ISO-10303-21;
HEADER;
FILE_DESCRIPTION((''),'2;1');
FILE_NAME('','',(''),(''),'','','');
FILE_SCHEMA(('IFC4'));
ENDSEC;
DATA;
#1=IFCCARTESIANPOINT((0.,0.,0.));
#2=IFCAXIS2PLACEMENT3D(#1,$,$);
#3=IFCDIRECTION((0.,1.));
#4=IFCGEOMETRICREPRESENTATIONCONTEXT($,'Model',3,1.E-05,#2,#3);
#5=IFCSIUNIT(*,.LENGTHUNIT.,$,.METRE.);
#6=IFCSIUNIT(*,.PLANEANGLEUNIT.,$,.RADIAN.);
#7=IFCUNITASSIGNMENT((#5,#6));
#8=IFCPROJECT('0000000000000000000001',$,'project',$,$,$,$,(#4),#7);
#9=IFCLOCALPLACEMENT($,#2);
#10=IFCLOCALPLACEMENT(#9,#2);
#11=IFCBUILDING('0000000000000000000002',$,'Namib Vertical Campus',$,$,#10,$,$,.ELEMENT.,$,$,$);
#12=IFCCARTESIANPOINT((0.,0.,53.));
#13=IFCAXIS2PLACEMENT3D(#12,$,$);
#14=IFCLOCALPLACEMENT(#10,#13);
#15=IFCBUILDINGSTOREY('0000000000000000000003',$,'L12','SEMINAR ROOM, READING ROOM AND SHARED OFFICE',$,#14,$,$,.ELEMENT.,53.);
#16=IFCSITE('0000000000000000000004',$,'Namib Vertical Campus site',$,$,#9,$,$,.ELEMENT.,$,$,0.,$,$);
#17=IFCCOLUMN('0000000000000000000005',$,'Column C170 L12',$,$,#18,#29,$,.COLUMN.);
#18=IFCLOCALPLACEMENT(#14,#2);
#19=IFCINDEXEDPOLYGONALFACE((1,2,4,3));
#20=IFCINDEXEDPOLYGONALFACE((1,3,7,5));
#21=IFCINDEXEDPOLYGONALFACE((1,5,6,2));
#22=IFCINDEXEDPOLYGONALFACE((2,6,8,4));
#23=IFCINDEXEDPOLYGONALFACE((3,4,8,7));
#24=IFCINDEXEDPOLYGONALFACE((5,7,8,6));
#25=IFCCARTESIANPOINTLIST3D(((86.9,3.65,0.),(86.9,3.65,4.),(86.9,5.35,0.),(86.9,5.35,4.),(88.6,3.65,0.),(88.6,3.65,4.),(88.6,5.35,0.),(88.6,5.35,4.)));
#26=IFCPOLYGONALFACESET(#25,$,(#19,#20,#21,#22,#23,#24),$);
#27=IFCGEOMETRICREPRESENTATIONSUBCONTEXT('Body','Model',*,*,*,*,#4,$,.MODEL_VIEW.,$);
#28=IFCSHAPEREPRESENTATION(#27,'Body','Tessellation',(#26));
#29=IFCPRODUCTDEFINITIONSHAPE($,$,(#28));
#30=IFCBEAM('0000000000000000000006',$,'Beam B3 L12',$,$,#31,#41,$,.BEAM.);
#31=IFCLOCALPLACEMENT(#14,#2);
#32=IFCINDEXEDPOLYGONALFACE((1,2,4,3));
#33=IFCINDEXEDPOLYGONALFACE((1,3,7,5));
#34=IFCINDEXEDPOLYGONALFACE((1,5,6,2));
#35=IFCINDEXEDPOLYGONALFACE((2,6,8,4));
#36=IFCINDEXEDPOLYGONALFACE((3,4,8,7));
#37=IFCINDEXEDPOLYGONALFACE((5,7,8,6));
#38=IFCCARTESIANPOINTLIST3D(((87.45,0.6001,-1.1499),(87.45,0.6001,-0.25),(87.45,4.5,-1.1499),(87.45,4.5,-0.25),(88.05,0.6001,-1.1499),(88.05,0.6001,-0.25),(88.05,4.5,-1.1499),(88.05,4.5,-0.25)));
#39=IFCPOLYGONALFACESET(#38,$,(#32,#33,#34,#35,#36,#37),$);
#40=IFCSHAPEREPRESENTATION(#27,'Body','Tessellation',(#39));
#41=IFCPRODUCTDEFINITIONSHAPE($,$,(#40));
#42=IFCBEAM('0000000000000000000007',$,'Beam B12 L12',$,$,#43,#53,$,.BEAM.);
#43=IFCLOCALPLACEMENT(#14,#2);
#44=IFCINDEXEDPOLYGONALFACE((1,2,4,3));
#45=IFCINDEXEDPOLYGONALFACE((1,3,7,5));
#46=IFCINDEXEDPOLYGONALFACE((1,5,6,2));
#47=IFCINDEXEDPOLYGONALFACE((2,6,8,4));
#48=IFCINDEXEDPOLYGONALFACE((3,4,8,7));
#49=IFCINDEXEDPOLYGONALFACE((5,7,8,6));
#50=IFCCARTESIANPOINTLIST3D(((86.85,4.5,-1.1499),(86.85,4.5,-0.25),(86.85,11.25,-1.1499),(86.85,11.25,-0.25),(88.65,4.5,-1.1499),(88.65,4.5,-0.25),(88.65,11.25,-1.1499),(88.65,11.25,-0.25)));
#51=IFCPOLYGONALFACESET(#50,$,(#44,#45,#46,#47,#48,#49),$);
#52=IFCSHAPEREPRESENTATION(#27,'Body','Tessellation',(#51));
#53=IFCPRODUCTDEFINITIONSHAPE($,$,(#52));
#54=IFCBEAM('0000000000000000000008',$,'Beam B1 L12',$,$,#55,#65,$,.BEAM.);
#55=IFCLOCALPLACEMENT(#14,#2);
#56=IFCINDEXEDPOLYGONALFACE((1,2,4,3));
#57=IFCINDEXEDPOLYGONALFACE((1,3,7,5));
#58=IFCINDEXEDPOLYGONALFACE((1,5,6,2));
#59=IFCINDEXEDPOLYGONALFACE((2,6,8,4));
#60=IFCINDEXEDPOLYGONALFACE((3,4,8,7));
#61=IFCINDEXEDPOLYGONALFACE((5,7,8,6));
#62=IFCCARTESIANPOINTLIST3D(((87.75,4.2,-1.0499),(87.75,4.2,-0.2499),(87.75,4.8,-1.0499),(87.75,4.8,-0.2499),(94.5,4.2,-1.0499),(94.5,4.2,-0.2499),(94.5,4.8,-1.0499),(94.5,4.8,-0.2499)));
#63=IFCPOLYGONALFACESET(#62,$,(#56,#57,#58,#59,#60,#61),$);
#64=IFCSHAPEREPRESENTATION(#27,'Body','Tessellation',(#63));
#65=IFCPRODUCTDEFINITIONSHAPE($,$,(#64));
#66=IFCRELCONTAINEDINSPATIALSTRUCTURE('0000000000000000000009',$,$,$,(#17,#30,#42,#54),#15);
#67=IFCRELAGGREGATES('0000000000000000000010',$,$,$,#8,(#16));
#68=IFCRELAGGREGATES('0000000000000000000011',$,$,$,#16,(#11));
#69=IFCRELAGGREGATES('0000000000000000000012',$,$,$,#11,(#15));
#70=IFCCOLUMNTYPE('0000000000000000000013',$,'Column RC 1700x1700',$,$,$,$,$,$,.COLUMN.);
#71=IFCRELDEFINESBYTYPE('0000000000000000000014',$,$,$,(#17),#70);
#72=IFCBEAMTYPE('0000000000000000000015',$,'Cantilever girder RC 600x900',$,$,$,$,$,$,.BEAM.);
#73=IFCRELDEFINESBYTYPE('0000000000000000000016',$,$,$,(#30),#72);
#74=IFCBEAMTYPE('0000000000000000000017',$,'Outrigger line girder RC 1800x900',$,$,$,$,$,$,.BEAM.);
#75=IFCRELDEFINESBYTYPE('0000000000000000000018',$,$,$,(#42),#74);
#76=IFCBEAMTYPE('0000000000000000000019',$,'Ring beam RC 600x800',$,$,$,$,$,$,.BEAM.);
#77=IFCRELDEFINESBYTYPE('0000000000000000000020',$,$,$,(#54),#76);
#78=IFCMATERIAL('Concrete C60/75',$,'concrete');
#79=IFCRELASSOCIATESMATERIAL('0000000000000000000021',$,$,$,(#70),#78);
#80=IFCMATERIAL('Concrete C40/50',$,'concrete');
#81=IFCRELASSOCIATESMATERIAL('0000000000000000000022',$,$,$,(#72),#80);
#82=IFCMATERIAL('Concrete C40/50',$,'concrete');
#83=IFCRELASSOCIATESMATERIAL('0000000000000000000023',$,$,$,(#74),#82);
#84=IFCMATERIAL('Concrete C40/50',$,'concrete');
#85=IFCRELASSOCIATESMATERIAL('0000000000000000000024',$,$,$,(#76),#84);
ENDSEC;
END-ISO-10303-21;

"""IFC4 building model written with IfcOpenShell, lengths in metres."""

from ifc_helpers import new_model, si_unit, direction, frame, origin, origin_2d, place, context, subcontext, project, spatial, rectangle, extrude, material, material_profile, profile_set, type_object, element, save


model = new_model("IFC4")

# Units and contexts
model_context = context("Model", 3, precision=1e-05, world=origin(), true_north=direction((0.0, 1.0)))
body_context = subcontext(model_context, "Body", "Model", "MODEL_VIEW")
ifc_project = project(units=[si_unit("LENGTHUNIT", "METRE"), si_unit("PLANEANGLEUNIT", "RADIAN")], contexts=[model_context])

# Site, building, storey
site_placement = place(None, origin())
site = spatial("IfcSite", under=ifc_project, at=site_placement, Name="Namib Vertical Campus site", CompositionType="ELEMENT", RefElevation=0.0)
building_placement = place(site_placement, origin())
building = spatial("IfcBuilding", under=site, at=building_placement, Name="Namib Vertical Campus", CompositionType="ELEMENT")
storey_placement = place(building_placement, frame((0.0, 0.0, 53.0)))
storey = spatial("IfcBuildingStorey", under=building, at=storey_placement, Name="L12", Description="SEMINAR ROOM, READING ROOM AND SHARED OFFICE", CompositionType="ELEMENT", Elevation=53.0)

# Column
ifc_material_1 = material(Name="Concrete C60/75", Category="concrete")
ifc_material_profile_1 = material_profile(ifc_material_1, rectangle(XDim=1.7, YDim=1.7, at=origin_2d()))
ifc_profile_set_1 = profile_set([ifc_material_profile_1], Name="Concrete C60/75")
column_type = type_object("IfcColumnType", Name="Column RC 1700x1700", PredefinedType="COLUMN", material=ifc_profile_set_1)
column_placement = place(storey_placement, frame((87.75, 4.5, 0.0), z_axis=(0.0, 0.0, 1.0), x_axis=(1.0, 0.0, 0.0)))
element("IfcColumn", 1, at=column_placement, inside=storey, type_object=column_type, Name="Column C170 L12", PredefinedType="COLUMN", context=body_context, shape_type="SweptSolid", body=[
    extrude(rectangle(XDim=1.7, YDim=1.7, at=origin_2d()), origin(), (0.0, 0.0, 1.0), 4.0),
])

# Beams
ifc_material_2 = material(Name="Concrete C40/50", Category="concrete")
ifc_material_profile_2 = material_profile(ifc_material_2, rectangle(XDim=0.6001, YDim=0.8999, at=origin_2d()))
ifc_profile_set_2 = profile_set([ifc_material_profile_2], Name="Concrete C40/50")
beam_type_1 = type_object("IfcBeamType", Name="Cantilever girder RC 600x900", PredefinedType="BEAM", material=ifc_profile_set_2)
beam_1_placement = place(storey_placement, frame((87.75, 4.5, -0.7), z_axis=(0.0, -1.0, 0.0), x_axis=(1.0, 0.0, 0.0)))
element("IfcBeam", 2, at=beam_1_placement, inside=storey, type_object=beam_type_1, Name="Beam B3 L12", PredefinedType="BEAM", context=body_context, shape_type="SweptSolid", body=[
    extrude(rectangle(XDim=0.6001, YDim=0.8999, at=origin_2d()), origin(), (0.0, 0.0, 1.0), 3.8999),
])
ifc_material_3 = material(Name="Concrete C40/50", Category="concrete")
ifc_material_profile_3 = material_profile(ifc_material_3, rectangle(XDim=1.8, YDim=0.8999, at=origin_2d()))
ifc_profile_set_3 = profile_set([ifc_material_profile_3], Name="Concrete C40/50")
beam_type_2 = type_object("IfcBeamType", Name="Outrigger line girder RC 1800x900", PredefinedType="BEAM", material=ifc_profile_set_3)
beam_2_placement = place(storey_placement, frame((87.75, 4.5, -0.7), z_axis=(0.0, 1.0, 0.0), x_axis=(-1.0, 0.0, 0.0)))
element("IfcBeam", 3, at=beam_2_placement, inside=storey, type_object=beam_type_2, Name="Beam B12 L12", PredefinedType="BEAM", context=body_context, shape_type="SweptSolid", body=[
    extrude(rectangle(XDim=1.8, YDim=0.8999, at=origin_2d()), origin(), (0.0, 0.0, 1.0), 6.75),
])
ifc_material_4 = material(Name="Concrete C40/50", Category="concrete")
ifc_material_profile_4 = material_profile(ifc_material_4, rectangle(XDim=0.6001, YDim=0.8, at=origin_2d()))
ifc_profile_set_4 = profile_set([ifc_material_profile_4], Name="Concrete C40/50")
beam_type_3 = type_object("IfcBeamType", Name="Ring beam RC 600x800", PredefinedType="BEAM", material=ifc_profile_set_4)
beam_3_placement = place(storey_placement, frame((87.75, 4.5, -0.6499), z_axis=(1.0, 0.0, 0.0), x_axis=(0.0, 1.0, 0.0)))
element("IfcBeam", 4, at=beam_3_placement, inside=storey, type_object=beam_type_3, Name="Beam B1 L12", PredefinedType="BEAM", context=body_context, shape_type="SweptSolid", body=[
    extrude(rectangle(XDim=0.6001, YDim=0.8, at=origin_2d()), origin(), (0.0, 0.0, 1.0), 6.75),
])

save(model, "model.ifc")
